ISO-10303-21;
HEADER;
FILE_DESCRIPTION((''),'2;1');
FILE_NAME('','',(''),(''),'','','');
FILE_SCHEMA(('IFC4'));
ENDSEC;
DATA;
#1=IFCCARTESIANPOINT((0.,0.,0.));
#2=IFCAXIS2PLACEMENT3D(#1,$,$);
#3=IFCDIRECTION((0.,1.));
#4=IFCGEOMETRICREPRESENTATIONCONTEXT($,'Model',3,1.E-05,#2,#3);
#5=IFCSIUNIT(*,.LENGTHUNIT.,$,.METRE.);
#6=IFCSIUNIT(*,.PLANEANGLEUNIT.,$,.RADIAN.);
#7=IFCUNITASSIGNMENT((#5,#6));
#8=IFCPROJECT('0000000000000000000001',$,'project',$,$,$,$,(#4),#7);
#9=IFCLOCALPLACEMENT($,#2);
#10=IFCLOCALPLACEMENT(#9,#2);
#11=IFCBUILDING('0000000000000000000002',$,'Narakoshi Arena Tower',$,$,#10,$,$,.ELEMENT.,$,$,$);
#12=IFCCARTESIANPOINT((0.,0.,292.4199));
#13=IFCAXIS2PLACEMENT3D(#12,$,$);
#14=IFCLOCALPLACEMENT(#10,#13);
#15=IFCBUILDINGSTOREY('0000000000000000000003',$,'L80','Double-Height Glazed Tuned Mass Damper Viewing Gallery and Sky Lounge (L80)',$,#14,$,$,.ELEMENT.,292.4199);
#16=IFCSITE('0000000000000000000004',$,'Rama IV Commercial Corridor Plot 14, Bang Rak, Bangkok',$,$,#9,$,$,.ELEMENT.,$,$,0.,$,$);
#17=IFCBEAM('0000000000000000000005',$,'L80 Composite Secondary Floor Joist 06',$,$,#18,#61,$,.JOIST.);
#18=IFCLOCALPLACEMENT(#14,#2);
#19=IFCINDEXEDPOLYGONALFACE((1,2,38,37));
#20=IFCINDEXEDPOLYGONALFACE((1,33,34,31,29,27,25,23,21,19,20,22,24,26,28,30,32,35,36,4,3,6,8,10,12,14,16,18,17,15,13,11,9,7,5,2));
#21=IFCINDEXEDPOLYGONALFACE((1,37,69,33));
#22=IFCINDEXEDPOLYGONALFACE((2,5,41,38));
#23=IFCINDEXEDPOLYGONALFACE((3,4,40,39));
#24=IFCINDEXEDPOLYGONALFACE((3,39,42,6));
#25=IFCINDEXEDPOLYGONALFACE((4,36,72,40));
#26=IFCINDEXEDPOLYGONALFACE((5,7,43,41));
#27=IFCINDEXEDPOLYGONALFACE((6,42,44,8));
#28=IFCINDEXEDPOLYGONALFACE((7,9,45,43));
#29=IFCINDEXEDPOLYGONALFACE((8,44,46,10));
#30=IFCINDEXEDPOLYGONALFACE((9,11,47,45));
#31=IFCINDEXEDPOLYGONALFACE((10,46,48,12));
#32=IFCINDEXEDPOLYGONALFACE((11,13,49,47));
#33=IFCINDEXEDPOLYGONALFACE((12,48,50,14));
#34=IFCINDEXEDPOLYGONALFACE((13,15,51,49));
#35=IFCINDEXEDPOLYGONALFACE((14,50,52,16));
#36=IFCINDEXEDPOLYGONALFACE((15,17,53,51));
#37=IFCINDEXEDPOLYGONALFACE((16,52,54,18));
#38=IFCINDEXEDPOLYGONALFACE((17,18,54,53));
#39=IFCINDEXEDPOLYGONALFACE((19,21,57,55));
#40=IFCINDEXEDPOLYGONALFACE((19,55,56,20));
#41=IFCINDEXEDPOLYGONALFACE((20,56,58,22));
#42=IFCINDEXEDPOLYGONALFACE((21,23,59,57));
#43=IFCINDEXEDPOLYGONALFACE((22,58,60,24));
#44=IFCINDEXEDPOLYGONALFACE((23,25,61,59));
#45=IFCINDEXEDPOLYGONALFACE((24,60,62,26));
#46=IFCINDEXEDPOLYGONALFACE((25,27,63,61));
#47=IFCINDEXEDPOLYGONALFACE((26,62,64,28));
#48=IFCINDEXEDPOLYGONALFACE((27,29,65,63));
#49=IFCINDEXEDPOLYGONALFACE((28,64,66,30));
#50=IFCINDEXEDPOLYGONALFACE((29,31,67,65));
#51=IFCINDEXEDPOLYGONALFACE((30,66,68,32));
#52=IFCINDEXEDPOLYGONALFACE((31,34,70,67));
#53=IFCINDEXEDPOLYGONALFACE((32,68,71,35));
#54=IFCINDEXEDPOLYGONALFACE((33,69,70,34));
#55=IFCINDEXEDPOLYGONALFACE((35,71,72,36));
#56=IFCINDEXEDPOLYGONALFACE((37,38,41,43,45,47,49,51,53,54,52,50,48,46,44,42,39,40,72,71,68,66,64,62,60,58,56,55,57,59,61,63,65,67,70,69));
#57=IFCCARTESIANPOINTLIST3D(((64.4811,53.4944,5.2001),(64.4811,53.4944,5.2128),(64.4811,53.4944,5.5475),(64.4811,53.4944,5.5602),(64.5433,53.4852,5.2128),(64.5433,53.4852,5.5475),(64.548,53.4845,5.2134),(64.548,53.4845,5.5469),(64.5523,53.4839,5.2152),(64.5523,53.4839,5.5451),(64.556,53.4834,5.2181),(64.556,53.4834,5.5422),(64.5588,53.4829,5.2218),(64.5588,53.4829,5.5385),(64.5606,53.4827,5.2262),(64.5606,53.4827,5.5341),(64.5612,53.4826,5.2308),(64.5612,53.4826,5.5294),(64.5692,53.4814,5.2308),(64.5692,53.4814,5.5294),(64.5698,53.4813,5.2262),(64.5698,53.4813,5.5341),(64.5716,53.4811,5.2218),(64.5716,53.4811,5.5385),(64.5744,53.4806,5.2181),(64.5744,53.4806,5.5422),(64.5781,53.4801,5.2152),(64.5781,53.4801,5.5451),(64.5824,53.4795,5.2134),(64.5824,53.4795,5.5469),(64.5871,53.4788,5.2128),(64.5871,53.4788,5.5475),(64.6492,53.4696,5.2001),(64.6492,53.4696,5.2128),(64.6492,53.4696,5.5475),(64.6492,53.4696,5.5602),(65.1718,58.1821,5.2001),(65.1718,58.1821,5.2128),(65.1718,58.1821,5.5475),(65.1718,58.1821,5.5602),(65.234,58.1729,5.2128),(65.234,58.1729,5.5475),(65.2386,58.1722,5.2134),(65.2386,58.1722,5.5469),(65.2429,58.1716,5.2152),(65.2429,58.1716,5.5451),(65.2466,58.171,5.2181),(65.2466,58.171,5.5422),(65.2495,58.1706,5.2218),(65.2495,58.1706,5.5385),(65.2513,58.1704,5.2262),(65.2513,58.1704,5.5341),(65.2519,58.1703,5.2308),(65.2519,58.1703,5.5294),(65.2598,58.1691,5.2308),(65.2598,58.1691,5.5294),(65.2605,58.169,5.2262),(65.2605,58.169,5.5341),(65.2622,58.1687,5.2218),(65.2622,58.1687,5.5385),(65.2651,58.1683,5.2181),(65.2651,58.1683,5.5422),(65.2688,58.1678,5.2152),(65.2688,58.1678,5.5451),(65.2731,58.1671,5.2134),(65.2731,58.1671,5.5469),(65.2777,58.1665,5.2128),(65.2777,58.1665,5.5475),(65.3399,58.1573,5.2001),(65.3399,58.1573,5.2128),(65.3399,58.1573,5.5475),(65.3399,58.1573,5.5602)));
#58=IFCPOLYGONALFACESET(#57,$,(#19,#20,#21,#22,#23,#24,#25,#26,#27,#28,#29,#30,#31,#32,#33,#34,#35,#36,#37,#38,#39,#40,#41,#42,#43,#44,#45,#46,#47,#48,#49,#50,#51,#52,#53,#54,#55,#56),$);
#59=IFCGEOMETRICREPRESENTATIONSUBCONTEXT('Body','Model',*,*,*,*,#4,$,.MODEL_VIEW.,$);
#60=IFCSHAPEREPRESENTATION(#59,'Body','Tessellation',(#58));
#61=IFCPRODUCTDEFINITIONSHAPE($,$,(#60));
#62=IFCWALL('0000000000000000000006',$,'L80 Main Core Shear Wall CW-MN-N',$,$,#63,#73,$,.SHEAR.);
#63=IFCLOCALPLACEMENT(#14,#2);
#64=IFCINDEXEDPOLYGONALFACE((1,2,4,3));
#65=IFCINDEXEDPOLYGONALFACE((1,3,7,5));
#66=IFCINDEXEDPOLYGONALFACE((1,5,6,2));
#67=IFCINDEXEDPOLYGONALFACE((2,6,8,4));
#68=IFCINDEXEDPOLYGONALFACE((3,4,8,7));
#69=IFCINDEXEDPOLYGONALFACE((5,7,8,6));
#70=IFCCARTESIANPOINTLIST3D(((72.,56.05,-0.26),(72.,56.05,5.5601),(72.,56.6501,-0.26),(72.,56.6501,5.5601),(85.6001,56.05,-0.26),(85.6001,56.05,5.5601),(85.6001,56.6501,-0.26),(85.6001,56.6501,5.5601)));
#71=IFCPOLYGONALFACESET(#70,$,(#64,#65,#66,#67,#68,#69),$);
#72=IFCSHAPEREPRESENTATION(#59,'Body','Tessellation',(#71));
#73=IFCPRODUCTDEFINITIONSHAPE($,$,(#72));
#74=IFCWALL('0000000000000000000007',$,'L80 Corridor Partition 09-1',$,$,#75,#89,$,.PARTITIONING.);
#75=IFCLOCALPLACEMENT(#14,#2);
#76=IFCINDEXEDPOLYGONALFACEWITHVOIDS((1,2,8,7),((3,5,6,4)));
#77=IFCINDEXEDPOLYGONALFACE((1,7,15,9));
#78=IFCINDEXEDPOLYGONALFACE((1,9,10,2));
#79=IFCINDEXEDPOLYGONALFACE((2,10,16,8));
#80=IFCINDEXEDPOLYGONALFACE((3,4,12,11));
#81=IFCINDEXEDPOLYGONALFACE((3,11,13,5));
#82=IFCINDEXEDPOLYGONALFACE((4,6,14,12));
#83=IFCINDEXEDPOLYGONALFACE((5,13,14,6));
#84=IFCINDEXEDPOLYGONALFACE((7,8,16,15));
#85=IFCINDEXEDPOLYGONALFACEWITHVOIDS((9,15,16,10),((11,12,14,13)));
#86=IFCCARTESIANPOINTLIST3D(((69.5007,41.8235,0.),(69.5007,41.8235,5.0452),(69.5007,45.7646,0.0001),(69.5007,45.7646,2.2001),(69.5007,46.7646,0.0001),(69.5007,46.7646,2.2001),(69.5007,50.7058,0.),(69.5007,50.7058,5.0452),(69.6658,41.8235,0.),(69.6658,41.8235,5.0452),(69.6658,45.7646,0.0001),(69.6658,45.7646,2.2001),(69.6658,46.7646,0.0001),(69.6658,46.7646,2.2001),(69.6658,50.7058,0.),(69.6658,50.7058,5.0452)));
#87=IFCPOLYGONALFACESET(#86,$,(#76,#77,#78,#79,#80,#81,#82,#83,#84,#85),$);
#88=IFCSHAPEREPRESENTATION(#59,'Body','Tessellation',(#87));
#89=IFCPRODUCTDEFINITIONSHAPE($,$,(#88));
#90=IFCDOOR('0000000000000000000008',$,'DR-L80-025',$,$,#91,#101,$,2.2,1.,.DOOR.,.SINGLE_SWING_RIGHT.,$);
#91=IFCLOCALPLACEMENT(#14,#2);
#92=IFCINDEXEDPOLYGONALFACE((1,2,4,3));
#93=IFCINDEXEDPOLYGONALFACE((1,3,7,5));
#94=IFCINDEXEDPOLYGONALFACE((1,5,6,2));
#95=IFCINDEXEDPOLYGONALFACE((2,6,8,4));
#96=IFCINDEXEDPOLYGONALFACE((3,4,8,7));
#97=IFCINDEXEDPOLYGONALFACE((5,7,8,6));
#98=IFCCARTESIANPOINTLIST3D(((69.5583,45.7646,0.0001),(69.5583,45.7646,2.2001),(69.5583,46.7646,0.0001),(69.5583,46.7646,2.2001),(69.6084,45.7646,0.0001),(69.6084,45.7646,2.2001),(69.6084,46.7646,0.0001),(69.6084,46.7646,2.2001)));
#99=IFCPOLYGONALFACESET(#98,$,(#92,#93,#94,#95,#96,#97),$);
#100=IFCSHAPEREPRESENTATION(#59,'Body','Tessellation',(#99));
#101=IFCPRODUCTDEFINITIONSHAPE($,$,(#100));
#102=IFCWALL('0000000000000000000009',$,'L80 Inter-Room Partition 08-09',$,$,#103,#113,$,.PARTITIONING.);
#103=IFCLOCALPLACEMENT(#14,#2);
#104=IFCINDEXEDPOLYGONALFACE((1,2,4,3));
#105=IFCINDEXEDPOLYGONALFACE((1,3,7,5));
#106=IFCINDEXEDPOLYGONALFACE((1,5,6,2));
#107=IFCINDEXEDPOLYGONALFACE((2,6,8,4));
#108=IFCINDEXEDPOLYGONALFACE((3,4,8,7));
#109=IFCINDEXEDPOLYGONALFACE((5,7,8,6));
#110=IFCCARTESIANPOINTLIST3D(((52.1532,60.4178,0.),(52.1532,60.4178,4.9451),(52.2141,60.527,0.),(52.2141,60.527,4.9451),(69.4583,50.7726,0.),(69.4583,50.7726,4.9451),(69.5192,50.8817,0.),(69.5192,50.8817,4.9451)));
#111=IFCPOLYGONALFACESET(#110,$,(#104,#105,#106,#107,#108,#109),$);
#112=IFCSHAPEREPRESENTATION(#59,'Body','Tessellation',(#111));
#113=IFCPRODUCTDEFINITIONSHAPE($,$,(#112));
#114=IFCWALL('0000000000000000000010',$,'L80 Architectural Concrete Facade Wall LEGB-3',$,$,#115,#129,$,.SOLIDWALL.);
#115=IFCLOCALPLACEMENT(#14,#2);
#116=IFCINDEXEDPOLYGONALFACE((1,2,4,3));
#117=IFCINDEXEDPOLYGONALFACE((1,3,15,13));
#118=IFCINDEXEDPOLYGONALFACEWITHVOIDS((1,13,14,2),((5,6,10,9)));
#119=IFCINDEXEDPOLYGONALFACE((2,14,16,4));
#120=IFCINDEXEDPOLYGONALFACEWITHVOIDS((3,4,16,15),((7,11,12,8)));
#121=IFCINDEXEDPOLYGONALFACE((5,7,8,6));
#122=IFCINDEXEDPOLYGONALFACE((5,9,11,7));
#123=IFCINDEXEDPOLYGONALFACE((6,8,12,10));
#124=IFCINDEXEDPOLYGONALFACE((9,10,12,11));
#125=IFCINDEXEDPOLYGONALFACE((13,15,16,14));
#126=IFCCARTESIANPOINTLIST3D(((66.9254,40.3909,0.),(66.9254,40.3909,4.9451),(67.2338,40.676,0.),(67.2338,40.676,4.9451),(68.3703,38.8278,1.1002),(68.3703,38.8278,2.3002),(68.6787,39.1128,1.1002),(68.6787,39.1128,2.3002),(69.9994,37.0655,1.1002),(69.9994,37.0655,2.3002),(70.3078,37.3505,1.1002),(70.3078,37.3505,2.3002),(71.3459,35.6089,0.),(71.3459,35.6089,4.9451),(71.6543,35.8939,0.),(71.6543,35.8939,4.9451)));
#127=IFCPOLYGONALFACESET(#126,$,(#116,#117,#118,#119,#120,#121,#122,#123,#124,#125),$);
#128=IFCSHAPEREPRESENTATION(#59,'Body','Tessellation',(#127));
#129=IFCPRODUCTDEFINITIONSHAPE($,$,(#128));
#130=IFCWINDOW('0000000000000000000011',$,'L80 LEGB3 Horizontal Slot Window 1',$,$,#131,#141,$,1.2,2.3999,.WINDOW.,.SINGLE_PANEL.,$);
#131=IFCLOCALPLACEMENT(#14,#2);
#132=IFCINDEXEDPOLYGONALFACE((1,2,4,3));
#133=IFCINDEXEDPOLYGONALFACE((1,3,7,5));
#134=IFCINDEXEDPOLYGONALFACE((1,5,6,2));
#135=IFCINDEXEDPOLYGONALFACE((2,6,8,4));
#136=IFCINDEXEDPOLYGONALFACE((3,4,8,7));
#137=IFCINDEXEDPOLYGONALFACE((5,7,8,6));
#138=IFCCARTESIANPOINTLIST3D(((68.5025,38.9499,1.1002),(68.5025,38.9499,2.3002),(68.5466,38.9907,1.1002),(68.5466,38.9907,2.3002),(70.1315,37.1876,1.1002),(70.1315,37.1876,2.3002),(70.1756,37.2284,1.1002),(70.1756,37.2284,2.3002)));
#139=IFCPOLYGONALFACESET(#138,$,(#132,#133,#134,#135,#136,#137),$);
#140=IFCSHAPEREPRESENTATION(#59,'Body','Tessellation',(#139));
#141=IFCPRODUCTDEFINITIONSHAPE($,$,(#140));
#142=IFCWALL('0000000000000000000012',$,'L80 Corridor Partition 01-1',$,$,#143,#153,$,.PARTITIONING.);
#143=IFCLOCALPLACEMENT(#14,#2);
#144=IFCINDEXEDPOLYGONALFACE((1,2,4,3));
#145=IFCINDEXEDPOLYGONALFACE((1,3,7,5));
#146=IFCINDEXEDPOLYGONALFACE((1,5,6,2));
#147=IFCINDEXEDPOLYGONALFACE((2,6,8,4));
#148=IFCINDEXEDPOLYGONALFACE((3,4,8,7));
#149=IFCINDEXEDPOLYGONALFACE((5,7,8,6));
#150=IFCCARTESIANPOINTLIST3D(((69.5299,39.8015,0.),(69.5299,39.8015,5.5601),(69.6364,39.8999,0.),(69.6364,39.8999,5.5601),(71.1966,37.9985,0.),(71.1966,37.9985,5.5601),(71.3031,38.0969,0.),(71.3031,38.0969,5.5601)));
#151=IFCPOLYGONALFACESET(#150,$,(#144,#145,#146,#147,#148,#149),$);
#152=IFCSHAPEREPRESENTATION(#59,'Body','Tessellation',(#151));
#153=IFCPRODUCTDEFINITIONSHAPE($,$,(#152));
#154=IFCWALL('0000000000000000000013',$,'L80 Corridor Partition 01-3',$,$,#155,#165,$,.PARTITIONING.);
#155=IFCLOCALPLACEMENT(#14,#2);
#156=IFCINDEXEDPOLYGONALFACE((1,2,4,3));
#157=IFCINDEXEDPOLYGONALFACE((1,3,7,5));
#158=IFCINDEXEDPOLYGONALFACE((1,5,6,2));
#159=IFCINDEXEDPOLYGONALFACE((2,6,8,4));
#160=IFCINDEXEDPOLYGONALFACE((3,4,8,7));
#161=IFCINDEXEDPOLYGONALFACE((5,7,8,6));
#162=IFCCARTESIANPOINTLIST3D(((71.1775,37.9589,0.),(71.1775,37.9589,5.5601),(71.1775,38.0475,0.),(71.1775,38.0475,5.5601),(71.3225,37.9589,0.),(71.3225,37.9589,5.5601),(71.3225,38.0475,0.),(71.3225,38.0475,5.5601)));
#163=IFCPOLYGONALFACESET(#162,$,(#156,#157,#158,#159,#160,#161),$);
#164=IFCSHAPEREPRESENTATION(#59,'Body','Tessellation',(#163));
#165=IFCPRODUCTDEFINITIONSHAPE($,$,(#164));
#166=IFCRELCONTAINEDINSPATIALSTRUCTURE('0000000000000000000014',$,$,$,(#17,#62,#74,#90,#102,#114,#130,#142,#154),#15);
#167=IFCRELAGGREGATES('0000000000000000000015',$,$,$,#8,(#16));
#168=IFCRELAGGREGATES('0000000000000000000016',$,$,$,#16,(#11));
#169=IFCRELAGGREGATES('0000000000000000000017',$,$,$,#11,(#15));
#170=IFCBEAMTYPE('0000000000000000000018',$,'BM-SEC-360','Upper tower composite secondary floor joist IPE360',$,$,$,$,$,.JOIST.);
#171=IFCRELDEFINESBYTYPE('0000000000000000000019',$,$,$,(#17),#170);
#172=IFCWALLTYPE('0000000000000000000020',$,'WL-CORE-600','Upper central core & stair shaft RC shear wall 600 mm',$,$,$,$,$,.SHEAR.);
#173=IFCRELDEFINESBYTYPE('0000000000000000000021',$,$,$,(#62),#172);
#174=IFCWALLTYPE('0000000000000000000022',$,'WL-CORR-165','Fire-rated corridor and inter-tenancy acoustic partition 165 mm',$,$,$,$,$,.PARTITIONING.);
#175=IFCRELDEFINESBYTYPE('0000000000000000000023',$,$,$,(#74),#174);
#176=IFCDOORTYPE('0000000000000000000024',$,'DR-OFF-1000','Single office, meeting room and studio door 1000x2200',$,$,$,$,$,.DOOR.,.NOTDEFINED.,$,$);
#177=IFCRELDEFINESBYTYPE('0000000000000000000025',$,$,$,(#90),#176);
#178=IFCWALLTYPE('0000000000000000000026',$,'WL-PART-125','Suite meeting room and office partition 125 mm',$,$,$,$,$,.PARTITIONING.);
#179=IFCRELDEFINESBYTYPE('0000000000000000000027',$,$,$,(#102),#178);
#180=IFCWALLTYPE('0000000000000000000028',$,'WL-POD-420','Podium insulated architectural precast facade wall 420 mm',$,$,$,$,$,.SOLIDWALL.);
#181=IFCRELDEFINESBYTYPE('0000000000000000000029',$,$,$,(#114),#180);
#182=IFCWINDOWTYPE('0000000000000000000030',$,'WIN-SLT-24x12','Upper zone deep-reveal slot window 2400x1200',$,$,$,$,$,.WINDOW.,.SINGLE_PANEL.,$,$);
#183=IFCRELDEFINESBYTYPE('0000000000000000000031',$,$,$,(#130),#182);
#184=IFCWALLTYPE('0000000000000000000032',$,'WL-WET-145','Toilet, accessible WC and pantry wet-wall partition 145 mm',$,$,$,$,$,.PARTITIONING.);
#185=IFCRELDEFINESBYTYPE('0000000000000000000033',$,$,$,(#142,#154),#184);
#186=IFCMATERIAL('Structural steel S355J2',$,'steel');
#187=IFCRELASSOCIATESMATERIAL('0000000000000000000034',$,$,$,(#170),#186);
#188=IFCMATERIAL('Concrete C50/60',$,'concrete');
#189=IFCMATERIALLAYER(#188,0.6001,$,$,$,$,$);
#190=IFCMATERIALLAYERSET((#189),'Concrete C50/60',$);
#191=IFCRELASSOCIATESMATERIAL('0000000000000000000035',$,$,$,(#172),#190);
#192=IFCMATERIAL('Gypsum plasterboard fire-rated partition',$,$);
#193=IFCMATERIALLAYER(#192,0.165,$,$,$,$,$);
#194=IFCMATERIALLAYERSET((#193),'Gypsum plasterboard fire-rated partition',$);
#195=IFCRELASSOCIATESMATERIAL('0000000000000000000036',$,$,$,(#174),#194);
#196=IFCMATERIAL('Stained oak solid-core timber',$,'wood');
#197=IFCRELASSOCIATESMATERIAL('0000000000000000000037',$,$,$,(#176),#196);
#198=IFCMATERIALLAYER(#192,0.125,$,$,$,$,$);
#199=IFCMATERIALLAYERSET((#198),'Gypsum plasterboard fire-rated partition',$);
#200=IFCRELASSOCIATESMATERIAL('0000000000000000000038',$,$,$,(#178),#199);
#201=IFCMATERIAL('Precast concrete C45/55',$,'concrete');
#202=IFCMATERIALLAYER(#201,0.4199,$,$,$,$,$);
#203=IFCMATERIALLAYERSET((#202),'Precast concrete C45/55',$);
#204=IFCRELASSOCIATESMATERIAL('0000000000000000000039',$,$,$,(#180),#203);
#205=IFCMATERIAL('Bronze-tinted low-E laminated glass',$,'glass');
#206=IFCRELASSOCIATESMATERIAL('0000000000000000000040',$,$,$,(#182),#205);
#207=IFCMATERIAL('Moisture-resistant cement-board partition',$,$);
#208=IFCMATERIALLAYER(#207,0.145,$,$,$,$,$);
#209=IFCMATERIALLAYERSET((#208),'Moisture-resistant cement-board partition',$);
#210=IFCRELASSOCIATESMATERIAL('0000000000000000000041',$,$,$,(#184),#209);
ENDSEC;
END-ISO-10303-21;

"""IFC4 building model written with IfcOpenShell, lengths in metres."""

from ifc_helpers import new_model, si_unit, direction, frame, frame_2d, origin, origin_2d, place, context, subcontext, project, spatial, rectangle, i_section, extrude, material, layer, layer_set, material_profile, profile_set, type_object, element, fill, save


model = new_model("IFC4")

# Units and contexts
model_context = context("Model", 3, precision=1e-05, world=origin(), true_north=direction((0.0, 1.0)))
body_context = subcontext(model_context, "Body", "Model", "MODEL_VIEW")
ifc_project = project(units=[si_unit("LENGTHUNIT", "METRE"), si_unit("PLANEANGLEUNIT", "RADIAN")], contexts=[model_context])

# Site, building, storey
site_placement = place(None, origin())
site = spatial("IfcSite", under=ifc_project, at=site_placement, Name="Rama IV Commercial Corridor Plot 14, Bang Rak, Bangkok", CompositionType="ELEMENT", RefElevation=0.0)
building_placement = place(site_placement, origin())
building = spatial("IfcBuilding", under=site, at=building_placement, Name="Narakoshi Arena Tower", CompositionType="ELEMENT")
storey_placement = place(building_placement, frame((0.0, 0.0, 292.4199)))
storey = spatial("IfcBuildingStorey", under=building, at=storey_placement, Name="L80", Description="Double-Height Glazed Tuned Mass Damper Viewing Gallery and Sky Lounge (L80)", CompositionType="ELEMENT", Elevation=292.4199)

# Shared definitions
ifc_material_1 = material(Name="Structural steel S355J2", Category="steel")

# Beam
ifc_material_profile_1 = material_profile(ifc_material_1, i_section(OverallWidth=0.1699, OverallDepth=0.3601, WebThickness=0.0081, FlangeThickness=0.0127, FilletRadius=0.0181, at=origin_2d()), Name="IPE360")
ifc_profile_set_1 = profile_set([ifc_material_profile_1], Name="Structural steel S355J2")
beam_type_1 = type_object("IfcBeamType", Name="BM-SEC-360", Description="Upper tower composite secondary floor joist IPE360", PredefinedType="JOIST", material=ifc_profile_set_1)
beam_1_placement = place(storey_placement, frame((65.2559, 58.1697, 5.3801), z_axis=(-0.145762, -0.98932, 0.0), x_axis=(0.98932, -0.145762, 0.0)))
element("IfcBeam", 1, at=beam_1_placement, inside=storey, type_object=beam_type_1, Name="L80 Composite Secondary Floor Joist 06", PredefinedType="JOIST", context=body_context, shape_type="SweptSolid", body=[
    extrude(i_section(OverallWidth=0.1699, OverallDepth=0.3601, WebThickness=0.0081, FlangeThickness=0.0127, FilletRadius=0.0181, at=origin_2d()), origin(), (0.0, 0.0, 1.0), 4.7383),
])

# Wall
ifc_material_2 = material(Name="Concrete C50/60", Category="concrete")
ifc_layer_1 = layer(ifc_material_2, 0.6001)
ifc_layer_set_1 = layer_set([ifc_layer_1], Name="Concrete C50/60")
wall_type_1 = type_object("IfcWallType", Name="WL-CORE-600", Description="Upper central core & stair shaft RC shear wall 600 mm", PredefinedType="SHEAR", material=ifc_layer_set_1)
wall_1_placement = place(storey_placement, frame((72.0, 56.3501, -0.26), z_axis=(0.0, 0.0, 1.0), x_axis=(1.0, 0.0, 0.0)))
element("IfcWall", 2, at=wall_1_placement, inside=storey, type_object=wall_type_1, Name="L80 Main Core Shear Wall CW-MN-N", PredefinedType="SHEAR", context=body_context, shape_type="SweptSolid", body=[
    extrude(rectangle(XDim=13.6001, YDim=0.6001, at=frame_2d((6.8, 0.0))), origin(), (0.0, 0.0, 1.0), 5.8201),
])

# Wall, opening, door
ifc_material_3 = material(Name="Gypsum plasterboard fire-rated partition")
ifc_layer_2 = layer(ifc_material_3, 0.165)
ifc_layer_set_2 = layer_set([ifc_layer_2], Name="Gypsum plasterboard fire-rated partition")
wall_type_2 = type_object("IfcWallType", Name="WL-CORR-165", Description="Fire-rated corridor and inter-tenancy acoustic partition 165 mm", PredefinedType="PARTITIONING", material=ifc_layer_set_2)
wall_2_placement = place(storey_placement, frame((69.5833, 50.7058, 0.0), z_axis=(0.0, 0.0, 1.0), x_axis=(0.0, -1.0, 0.0)))
wall_2 = element("IfcWall", 3, at=wall_2_placement, inside=storey, type_object=wall_type_2, Name="L80 Corridor Partition 09-1", PredefinedType="PARTITIONING", context=body_context, shape_type="SweptSolid", body=[
    extrude(rectangle(XDim=8.8823, YDim=0.165, at=frame_2d((4.4412, 0.0))), origin(), (0.0, 0.0, 1.0), 5.0452),
])
opening_1_placement = place(wall_2_placement, frame((3.9412, 0.0, 0.0)))
opening_1 = element("IfcOpeningElement", 4, at=opening_1_placement, cuts=wall_2, PredefinedType="OPENING", context=body_context, shape_type="SweptSolid", body=[
    extrude(rectangle(XDim=1.0, YDim=2.2, at=frame_2d((0.5, 1.1001))), frame((0.0, 0.0925, 0.0), z_axis=(0.0, -1.0, 0.0), x_axis=(1.0, 0.0, 0.0)), (0.0, 0.0, 1.0), 0.1851),
])
ifc_material_4 = material(Name="Stained oak solid-core timber", Category="wood")
door_type_1 = type_object("IfcDoorType", Name="DR-OFF-1000", Description="Single office, meeting room and studio door 1000x2200", OperationType="NOTDEFINED", PredefinedType="DOOR", material=ifc_material_4)
door_1_placement = place(opening_1_placement, frame((1.0, 0.0, 0.0), z_axis=(0.0, 0.0, 1.0), x_axis=(-1.0, 0.0, 0.0)))
door_1 = element("IfcDoor", 5, at=door_1_placement, inside=storey, type_object=door_type_1, Name="DR-L80-025", OperationType="SINGLE_SWING_RIGHT", OverallHeight=2.2, OverallWidth=1.0, PredefinedType="DOOR", context=body_context, shape_type="SweptSolid", body=[
    extrude(rectangle(XDim=1.0, YDim=2.2, at=frame_2d((0.5, 1.1001))), frame((0.0, 0.0249, 0.0), z_axis=(0.0, -1.0, 0.0), x_axis=(1.0, 0.0, 0.0)), (0.0, 0.0, 1.0), 0.05),
])
fill(opening_1, door_1)

# Wall
ifc_layer_3 = layer(ifc_material_3, 0.125)
ifc_layer_set_3 = layer_set([ifc_layer_3], Name="Gypsum plasterboard fire-rated partition")
wall_type_3 = type_object("IfcWallType", Name="WL-PART-125", Description="Suite meeting room and office partition 125 mm", PredefinedType="PARTITIONING", material=ifc_layer_set_3)
wall_3_placement = place(storey_placement, frame((69.4888, 50.8271, 0.0), z_axis=(0.0, 0.0, 1.0), x_axis=(-0.873486, 0.486849, 0.0)))
element("IfcWall", 6, at=wall_3_placement, inside=storey, type_object=wall_type_3, Name="L80 Inter-Room Partition 08-09", PredefinedType="PARTITIONING", context=body_context, shape_type="SweptSolid", body=[
    extrude(rectangle(XDim=19.8115, YDim=0.125, at=frame_2d((9.9058, 0.0))), origin(), (0.0, 0.0, 1.0), 4.9451),
])

# Wall, opening, window
ifc_material_5 = material(Name="Precast concrete C45/55", Category="concrete")
ifc_layer_4 = layer(ifc_material_5, 0.4199)
ifc_layer_set_4 = layer_set([ifc_layer_4], Name="Precast concrete C45/55")
wall_type_4 = type_object("IfcWallType", Name="WL-POD-420", Description="Podium insulated architectural precast facade wall 420 mm", PredefinedType="SOLIDWALL", material=ifc_layer_set_4)
wall_4_placement = place(storey_placement, frame((67.0796, 40.5334, 0.0), z_axis=(0.0, 0.0, 1.0), x_axis=(0.6788, -0.734323, 0.0)))
wall_4 = element("IfcWall", 7, at=wall_4_placement, inside=storey, type_object=wall_type_4, Name="L80 Architectural Concrete Facade Wall LEGB-3", PredefinedType="SOLIDWALL", context=body_context, shape_type="SweptSolid", body=[
    extrude(rectangle(XDim=6.5122, YDim=0.4199, at=frame_2d((3.2561, 0.0))), origin(), (0.0, 0.0, 1.0), 4.9451),
])
opening_2_placement = place(wall_4_placement, frame((2.1287, 0.0, 1.1001)))
opening_2 = element("IfcOpeningElement", 8, at=opening_2_placement, cuts=wall_4, PredefinedType="OPENING", context=body_context, shape_type="SweptSolid", body=[
    extrude(rectangle(XDim=2.3999, YDim=1.2, at=frame_2d((1.2, 0.6001))), frame((0.0, 0.22, 0.0), z_axis=(0.0, -1.0, 0.0), x_axis=(1.0, 0.0, 0.0)), (0.0, 0.0, 1.0), 0.4399),
])
ifc_material_6 = material(Name="Bronze-tinted low-E laminated glass", Category="glass")
window_type = type_object("IfcWindowType", Name="WIN-SLT-24x12", Description="Upper zone deep-reveal slot window 2400x1200", PartitioningType="SINGLE_PANEL", PredefinedType="WINDOW", material=ifc_material_6)
window_placement = place(opening_2_placement, origin())
window = element("IfcWindow", 9, at=window_placement, inside=storey, type_object=window_type, Name="L80 LEGB3 Horizontal Slot Window 1", OverallHeight=1.2, OverallWidth=2.3999, PartitioningType="SINGLE_PANEL", PredefinedType="WINDOW", context=body_context, shape_type="SweptSolid", body=[
    extrude(rectangle(XDim=2.3999, YDim=1.2, at=frame_2d((1.2, 0.6001))), frame((0.0, 0.03, 0.0), z_axis=(0.0, -1.0, 0.0), x_axis=(1.0, 0.0, 0.0)), (0.0, 0.0, 1.0), 0.0601),
])
fill(opening_2, window)

# Wall
ifc_material_7 = material(Name="Moisture-resistant cement-board partition")
ifc_layer_5 = layer(ifc_material_7, 0.145)
ifc_layer_set_5 = layer_set([ifc_layer_5], Name="Moisture-resistant cement-board partition")
wall_type_5 = type_object("IfcWallType", Name="WL-WET-145", Description="Toilet, accessible WC and pantry wet-wall partition 145 mm", PredefinedType="PARTITIONING", material=ifc_layer_set_5)
wall_5_placement = place(storey_placement, frame((69.5833, 39.8506, 0.0), z_axis=(0.0, 0.0, 1.0), x_axis=(0.678821, -0.734304, 0.0)))
element("IfcWall", 10, at=wall_5_placement, inside=storey, type_object=wall_type_5, Name="L80 Corridor Partition 01-1", PredefinedType="PARTITIONING", context=body_context, shape_type="SweptSolid", body=[
    extrude(rectangle(XDim=2.4553, YDim=0.145, at=frame_2d((1.2275, 0.0))), origin(), (0.0, 0.0, 1.0), 5.5601),
])

# Wall
wall_6_placement = place(storey_placement, frame((71.25, 38.0476, 0.0), z_axis=(0.0, 0.0, 1.0), x_axis=(0.0, -1.0, 0.0)))
element("IfcWall", 11, at=wall_6_placement, inside=storey, type_object=wall_type_5, Name="L80 Corridor Partition 01-3", PredefinedType="PARTITIONING", context=body_context, shape_type="SweptSolid", body=[
    extrude(rectangle(XDim=0.0886, YDim=0.145, at=frame_2d((0.0444, 0.0))), origin(), (0.0, 0.0, 1.0), 5.5601),
])

save(model, "model.ifc")
